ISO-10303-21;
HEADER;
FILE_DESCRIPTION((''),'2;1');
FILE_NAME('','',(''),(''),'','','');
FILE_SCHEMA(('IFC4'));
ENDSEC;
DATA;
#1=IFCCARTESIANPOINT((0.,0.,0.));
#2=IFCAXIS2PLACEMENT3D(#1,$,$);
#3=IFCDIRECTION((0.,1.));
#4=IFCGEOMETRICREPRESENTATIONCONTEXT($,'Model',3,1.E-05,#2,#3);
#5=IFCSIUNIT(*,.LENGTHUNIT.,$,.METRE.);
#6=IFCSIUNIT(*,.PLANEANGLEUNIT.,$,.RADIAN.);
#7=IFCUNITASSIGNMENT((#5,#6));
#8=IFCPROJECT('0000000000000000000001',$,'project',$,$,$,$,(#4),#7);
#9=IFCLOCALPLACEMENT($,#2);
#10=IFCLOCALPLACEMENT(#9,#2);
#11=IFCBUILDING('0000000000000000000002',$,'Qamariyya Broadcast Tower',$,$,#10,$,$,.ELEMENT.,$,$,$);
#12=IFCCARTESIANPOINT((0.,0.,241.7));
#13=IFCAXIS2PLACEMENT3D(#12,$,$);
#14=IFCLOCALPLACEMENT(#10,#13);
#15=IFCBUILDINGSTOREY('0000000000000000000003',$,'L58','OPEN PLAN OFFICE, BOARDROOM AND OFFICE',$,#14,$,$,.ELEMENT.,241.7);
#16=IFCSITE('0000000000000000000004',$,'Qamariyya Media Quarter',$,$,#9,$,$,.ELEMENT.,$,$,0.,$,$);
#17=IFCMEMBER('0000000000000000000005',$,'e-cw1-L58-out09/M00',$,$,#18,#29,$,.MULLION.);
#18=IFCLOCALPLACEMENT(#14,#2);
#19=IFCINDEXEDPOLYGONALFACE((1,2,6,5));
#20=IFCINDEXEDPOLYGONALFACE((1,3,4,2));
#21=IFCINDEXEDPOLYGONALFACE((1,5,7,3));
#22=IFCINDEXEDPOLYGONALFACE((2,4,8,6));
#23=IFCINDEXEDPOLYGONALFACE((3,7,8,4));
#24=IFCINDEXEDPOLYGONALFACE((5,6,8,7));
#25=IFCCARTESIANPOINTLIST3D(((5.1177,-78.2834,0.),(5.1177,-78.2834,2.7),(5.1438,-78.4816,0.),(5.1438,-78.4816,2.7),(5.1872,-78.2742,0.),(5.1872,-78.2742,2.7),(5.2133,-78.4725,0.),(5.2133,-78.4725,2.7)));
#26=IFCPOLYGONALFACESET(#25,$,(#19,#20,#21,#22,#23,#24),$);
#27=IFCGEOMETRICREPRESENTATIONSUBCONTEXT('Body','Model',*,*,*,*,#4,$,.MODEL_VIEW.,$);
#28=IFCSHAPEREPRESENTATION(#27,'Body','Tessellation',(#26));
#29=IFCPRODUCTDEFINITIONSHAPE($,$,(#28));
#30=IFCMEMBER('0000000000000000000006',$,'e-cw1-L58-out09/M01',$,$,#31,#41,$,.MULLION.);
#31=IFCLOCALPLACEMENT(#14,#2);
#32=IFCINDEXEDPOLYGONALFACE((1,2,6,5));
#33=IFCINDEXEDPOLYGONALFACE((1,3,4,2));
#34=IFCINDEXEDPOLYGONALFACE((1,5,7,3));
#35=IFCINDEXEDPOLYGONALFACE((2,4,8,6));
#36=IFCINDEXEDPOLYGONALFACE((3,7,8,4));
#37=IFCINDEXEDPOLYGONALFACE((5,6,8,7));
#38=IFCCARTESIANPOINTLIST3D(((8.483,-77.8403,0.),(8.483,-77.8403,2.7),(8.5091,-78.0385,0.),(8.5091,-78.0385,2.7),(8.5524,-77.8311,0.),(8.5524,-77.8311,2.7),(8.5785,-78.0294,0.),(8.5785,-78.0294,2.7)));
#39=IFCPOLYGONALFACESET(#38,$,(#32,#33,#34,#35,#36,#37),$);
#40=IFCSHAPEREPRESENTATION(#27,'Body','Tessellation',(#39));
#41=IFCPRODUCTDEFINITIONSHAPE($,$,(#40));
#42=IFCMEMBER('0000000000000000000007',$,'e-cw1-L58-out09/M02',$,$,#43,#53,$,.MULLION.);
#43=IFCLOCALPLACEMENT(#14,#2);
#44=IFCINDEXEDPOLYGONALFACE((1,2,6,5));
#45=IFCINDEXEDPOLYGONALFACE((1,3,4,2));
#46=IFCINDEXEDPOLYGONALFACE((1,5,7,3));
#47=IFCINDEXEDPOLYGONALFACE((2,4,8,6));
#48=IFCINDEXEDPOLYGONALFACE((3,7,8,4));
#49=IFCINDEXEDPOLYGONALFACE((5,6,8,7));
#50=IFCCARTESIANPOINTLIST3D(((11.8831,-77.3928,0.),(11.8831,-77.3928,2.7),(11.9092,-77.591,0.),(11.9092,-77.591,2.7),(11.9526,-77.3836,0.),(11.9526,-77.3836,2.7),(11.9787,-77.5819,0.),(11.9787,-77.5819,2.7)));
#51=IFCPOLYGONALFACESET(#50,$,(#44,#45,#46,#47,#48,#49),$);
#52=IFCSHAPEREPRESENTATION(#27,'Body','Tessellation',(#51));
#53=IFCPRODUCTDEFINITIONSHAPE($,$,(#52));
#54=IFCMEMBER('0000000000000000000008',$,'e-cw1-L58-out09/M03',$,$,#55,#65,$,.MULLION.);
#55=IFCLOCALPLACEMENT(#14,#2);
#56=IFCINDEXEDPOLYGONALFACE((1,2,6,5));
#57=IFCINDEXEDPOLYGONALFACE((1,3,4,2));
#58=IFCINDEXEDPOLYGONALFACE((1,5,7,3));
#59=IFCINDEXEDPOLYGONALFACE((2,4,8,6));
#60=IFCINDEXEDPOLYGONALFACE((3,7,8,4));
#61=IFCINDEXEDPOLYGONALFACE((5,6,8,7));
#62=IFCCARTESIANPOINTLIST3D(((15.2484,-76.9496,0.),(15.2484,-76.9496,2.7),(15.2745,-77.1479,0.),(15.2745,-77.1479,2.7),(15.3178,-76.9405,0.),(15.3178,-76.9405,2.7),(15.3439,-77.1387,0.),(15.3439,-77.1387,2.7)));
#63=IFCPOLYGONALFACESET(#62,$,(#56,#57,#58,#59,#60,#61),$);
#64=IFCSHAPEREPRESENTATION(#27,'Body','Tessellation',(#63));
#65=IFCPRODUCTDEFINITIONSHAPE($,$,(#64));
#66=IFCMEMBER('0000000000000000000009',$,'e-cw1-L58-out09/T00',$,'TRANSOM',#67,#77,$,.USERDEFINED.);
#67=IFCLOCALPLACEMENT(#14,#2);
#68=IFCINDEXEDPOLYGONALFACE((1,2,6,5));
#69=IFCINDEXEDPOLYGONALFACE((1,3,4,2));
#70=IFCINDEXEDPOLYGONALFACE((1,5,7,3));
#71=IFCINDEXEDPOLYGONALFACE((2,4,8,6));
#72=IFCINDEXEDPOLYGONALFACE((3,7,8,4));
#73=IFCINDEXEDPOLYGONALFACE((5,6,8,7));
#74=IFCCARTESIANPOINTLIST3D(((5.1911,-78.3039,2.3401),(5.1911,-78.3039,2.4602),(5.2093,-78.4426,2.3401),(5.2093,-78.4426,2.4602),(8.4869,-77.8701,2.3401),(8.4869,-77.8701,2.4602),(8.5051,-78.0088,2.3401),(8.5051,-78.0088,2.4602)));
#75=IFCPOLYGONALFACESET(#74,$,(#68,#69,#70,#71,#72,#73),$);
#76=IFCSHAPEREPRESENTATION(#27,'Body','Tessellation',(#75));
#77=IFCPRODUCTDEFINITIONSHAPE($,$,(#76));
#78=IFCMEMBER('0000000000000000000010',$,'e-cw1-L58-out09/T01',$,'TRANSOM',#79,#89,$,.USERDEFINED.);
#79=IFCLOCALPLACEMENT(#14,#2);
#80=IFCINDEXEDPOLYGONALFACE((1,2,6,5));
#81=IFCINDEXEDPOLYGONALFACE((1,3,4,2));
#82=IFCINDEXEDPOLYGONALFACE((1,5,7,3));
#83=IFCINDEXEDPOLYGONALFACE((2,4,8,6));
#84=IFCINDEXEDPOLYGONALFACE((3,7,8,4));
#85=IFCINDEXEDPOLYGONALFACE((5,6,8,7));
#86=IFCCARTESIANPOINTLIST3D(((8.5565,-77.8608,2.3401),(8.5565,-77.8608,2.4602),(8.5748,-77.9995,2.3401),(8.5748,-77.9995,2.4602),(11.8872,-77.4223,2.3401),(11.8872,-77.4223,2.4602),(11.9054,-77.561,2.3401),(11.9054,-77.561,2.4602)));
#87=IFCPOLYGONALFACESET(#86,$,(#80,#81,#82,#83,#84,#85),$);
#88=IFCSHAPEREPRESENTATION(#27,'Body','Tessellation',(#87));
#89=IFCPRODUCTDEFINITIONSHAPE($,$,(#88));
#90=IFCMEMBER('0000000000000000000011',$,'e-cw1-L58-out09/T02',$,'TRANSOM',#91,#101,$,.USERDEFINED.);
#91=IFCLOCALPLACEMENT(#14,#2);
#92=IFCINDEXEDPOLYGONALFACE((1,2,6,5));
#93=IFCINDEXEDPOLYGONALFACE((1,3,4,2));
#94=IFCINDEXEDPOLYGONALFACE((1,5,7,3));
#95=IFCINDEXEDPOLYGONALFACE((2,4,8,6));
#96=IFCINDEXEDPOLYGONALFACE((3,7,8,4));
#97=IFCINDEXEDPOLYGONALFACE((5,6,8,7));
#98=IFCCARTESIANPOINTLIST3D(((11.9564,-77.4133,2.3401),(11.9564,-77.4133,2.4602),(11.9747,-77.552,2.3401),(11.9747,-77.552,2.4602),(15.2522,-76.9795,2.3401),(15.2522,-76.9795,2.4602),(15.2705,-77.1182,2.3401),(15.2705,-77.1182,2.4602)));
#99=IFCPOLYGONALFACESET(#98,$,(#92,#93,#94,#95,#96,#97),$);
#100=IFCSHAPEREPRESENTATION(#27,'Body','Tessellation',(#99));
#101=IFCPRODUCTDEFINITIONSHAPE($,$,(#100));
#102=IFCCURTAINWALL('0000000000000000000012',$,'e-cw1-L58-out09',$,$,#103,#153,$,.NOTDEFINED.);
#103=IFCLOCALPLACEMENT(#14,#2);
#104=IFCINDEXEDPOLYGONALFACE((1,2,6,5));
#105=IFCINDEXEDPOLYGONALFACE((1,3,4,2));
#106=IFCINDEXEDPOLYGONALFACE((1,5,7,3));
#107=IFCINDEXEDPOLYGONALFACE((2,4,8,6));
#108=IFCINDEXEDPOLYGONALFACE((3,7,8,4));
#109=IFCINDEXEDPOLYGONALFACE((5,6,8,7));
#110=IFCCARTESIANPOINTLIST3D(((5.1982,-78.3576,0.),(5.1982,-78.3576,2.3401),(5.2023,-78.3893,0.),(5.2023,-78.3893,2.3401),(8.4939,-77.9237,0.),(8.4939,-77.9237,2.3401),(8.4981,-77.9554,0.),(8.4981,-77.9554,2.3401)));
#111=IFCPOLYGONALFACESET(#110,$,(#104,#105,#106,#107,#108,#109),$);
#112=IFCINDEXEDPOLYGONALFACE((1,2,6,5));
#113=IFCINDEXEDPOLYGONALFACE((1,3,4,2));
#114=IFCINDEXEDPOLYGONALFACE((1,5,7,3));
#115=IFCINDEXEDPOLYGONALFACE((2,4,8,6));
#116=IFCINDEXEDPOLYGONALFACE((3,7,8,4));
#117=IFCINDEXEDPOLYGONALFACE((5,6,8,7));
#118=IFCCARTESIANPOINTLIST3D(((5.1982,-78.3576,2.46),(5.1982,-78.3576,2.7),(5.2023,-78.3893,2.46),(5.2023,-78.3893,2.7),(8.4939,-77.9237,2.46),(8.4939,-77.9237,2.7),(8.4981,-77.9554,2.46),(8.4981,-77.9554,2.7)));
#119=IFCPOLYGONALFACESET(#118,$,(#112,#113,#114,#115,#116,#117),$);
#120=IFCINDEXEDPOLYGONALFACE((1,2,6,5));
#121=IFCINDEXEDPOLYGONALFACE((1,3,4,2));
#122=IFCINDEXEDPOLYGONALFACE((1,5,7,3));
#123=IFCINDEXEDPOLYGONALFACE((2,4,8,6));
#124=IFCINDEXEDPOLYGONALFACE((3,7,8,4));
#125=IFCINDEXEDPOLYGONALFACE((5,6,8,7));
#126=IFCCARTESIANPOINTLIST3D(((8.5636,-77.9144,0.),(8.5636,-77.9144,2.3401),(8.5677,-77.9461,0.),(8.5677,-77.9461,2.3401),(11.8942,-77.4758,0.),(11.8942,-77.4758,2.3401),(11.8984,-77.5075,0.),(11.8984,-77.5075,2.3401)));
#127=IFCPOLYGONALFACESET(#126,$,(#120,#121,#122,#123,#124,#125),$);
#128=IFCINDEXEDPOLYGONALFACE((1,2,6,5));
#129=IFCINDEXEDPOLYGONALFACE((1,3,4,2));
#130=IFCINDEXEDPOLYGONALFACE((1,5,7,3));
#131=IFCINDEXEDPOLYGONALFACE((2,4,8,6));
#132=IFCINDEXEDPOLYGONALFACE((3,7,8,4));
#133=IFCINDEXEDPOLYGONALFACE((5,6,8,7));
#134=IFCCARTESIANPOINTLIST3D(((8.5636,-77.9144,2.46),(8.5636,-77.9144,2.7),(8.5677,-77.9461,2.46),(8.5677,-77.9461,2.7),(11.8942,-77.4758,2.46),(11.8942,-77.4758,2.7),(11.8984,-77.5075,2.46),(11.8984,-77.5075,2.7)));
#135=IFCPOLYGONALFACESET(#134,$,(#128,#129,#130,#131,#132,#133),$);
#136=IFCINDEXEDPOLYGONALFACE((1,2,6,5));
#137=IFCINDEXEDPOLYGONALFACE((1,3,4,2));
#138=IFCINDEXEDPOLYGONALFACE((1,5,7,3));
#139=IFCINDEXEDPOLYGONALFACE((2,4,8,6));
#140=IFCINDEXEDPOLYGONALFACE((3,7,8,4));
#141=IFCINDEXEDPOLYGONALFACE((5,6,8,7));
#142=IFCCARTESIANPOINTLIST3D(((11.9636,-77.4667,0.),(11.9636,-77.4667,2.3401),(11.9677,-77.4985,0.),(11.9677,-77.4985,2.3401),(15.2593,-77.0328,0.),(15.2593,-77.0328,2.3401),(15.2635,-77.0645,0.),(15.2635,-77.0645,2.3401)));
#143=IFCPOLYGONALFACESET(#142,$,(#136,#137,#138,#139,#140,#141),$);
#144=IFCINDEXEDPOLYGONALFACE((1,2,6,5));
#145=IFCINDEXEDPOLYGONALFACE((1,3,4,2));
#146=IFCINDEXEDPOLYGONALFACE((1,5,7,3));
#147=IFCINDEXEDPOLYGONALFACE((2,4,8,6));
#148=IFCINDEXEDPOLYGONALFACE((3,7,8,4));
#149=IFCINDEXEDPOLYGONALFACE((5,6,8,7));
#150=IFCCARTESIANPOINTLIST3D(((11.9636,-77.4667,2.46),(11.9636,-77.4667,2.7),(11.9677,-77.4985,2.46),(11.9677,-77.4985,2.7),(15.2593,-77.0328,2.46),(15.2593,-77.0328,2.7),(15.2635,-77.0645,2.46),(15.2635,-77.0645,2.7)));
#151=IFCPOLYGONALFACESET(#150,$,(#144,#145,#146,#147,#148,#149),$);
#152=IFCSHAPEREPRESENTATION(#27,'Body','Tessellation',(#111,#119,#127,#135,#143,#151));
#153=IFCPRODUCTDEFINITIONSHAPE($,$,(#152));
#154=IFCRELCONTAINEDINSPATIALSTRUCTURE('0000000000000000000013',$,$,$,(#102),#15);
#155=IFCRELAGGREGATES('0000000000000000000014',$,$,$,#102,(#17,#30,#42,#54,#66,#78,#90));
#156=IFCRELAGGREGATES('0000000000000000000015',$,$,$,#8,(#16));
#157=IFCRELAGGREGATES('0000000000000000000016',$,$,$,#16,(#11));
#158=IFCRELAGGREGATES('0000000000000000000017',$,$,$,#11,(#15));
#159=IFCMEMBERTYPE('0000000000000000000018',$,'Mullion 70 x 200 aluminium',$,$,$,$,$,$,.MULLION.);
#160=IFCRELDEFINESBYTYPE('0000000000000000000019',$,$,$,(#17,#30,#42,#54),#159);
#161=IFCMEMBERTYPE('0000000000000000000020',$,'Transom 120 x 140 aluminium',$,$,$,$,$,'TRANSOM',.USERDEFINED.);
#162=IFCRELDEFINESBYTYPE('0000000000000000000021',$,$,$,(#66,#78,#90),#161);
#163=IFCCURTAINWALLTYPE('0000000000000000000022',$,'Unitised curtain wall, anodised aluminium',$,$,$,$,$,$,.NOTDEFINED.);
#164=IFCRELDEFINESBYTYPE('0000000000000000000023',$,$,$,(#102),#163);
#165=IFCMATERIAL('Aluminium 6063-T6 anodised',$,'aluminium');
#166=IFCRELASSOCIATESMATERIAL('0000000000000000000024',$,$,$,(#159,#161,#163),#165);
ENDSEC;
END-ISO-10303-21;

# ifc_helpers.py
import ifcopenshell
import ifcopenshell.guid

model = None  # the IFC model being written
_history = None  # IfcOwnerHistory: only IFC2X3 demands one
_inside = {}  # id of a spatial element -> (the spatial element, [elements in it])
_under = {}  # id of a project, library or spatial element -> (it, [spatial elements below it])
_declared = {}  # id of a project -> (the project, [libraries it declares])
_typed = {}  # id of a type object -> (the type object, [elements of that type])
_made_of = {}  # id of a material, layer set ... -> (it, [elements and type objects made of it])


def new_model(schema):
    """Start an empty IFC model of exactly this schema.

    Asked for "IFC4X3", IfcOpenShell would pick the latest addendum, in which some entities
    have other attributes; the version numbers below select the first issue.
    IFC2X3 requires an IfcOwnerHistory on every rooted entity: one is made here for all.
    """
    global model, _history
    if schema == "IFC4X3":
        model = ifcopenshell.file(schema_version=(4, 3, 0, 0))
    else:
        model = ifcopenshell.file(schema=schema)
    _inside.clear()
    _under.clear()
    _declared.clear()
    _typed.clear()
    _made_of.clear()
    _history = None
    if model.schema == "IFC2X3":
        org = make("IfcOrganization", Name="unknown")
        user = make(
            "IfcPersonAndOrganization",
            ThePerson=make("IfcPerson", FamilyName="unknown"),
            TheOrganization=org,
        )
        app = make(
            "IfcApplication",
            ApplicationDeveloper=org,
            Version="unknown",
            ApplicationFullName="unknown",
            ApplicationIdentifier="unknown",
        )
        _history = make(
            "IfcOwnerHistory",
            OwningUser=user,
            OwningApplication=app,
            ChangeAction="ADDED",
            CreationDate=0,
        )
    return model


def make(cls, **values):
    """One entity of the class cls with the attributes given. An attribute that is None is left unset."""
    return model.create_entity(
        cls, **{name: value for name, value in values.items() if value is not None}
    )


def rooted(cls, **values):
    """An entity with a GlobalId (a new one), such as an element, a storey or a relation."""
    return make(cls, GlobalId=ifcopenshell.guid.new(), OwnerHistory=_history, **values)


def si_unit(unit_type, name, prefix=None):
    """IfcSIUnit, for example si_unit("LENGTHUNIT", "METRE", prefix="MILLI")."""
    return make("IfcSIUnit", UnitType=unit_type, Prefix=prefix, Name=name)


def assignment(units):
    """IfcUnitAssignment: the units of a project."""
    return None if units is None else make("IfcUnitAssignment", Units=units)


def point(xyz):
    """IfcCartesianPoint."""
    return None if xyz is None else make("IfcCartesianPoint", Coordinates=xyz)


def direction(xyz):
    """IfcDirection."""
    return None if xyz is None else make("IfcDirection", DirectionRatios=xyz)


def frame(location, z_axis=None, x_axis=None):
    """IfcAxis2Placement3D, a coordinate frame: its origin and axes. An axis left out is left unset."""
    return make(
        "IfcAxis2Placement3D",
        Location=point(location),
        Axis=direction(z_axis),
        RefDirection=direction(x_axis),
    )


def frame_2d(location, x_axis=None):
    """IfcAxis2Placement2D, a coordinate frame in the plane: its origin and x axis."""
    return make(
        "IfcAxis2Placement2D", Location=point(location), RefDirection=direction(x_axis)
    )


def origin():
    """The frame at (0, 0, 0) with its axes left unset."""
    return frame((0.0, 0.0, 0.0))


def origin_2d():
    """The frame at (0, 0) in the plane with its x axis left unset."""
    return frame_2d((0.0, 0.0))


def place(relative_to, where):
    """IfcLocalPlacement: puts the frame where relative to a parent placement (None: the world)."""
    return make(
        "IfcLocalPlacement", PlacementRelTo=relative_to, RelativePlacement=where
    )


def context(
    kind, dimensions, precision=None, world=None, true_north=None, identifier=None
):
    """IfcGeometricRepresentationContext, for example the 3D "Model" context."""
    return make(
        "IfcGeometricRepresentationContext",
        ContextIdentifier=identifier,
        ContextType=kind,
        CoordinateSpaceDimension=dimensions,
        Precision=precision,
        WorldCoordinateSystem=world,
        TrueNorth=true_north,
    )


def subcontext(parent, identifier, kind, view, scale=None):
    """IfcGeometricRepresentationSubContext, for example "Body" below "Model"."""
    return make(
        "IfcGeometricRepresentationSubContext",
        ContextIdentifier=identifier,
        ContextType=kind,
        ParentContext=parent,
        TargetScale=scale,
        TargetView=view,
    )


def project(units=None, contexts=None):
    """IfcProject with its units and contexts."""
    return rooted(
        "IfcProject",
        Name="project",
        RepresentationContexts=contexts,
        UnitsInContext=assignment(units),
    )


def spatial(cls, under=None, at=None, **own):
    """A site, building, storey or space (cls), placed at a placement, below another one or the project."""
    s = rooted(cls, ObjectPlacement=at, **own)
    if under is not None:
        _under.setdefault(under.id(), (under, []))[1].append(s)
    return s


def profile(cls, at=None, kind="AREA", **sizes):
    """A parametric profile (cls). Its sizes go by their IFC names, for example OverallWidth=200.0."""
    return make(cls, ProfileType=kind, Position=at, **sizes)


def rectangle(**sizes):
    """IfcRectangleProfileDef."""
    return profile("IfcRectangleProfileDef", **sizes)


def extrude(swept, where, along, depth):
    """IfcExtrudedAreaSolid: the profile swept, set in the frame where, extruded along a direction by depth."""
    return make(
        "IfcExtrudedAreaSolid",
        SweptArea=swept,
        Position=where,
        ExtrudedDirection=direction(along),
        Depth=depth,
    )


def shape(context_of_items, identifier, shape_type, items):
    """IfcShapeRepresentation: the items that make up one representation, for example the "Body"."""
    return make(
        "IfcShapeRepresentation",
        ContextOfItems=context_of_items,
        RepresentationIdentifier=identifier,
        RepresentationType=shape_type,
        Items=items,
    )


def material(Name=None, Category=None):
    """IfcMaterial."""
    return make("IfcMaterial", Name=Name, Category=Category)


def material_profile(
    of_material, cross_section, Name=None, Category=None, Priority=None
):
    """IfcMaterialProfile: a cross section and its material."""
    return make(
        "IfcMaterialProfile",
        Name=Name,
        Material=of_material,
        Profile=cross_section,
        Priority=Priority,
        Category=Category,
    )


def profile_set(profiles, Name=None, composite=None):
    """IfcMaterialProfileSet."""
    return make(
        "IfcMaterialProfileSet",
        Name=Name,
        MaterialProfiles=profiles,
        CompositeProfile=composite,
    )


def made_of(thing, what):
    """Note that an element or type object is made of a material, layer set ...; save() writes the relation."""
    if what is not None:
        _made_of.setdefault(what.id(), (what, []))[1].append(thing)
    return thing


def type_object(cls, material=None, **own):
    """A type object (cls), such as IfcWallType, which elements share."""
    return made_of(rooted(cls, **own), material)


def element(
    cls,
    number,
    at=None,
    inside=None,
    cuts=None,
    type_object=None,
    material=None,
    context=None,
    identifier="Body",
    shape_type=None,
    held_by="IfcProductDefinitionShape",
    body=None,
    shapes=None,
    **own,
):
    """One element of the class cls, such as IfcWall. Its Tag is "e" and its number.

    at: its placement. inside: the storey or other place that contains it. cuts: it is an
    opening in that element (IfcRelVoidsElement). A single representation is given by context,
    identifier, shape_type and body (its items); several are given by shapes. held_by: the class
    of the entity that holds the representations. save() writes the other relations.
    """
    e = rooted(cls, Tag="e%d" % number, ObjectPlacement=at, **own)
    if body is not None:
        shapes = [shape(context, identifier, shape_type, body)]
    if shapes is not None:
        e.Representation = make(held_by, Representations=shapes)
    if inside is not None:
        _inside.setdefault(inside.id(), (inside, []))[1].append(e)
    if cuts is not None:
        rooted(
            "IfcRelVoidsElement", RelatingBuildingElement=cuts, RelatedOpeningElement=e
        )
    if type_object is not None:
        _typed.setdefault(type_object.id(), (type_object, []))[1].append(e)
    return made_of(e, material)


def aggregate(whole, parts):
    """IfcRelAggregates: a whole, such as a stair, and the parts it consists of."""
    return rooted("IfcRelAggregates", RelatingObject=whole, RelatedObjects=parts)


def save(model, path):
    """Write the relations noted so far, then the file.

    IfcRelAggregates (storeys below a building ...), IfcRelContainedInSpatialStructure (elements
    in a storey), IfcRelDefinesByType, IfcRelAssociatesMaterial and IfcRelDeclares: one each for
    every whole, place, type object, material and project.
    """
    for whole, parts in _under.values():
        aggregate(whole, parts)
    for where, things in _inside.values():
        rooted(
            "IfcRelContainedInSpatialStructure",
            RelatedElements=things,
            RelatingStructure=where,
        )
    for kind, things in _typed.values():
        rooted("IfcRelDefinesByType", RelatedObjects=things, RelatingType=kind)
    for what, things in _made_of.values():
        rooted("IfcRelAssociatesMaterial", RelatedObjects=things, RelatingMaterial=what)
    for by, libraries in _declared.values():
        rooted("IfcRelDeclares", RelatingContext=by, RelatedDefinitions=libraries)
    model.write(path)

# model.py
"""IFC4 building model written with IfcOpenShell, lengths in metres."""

from ifc_helpers import new_model, si_unit, direction, frame, origin, origin_2d, place, context, subcontext, project, spatial, rectangle, extrude, material, material_profile, profile_set, type_object, element, aggregate, save


model = new_model("IFC4")

# Units and contexts
model_context = context("Model", 3, precision=1e-05, world=origin(), true_north=direction((0.0, 1.0)))
body_context = subcontext(model_context, "Body", "Model", "MODEL_VIEW")
ifc_project = project(units=[si_unit("LENGTHUNIT", "METRE"), si_unit("PLANEANGLEUNIT", "RADIAN")], contexts=[model_context])

# Members
ifc_material = material(Name="Aluminium 6063-T6 anodised", Category="aluminium")
ifc_material_profile_1 = material_profile(ifc_material, rectangle(XDim=0.2, YDim=0.0701, at=origin_2d()))
ifc_profile_set_1 = profile_set([ifc_material_profile_1], Name="Aluminium 6063-T6 anodised")
member_type_1 = type_object("IfcMemberType", Name="Mullion 70 x 200 aluminium", PredefinedType="MULLION", material=ifc_profile_set_1)
site_placement = place(None, origin())
building_placement = place(site_placement, origin())
storey_placement = place(building_placement, frame((0.0, 0.0, 241.7)))
member_1_placement = place(storey_placement, frame((5.1655, -78.3779, 0.0), z_axis=(0.0, 0.0, 1.0), x_axis=(-0.130526, 0.991445, 0.0)))
member_1 = element("IfcMember", 1, at=member_1_placement, type_object=member_type_1, Name="e-cw1-L58-out09/M00", PredefinedType="MULLION", context=body_context, shape_type="SweptSolid", body=[
    extrude(rectangle(XDim=0.2, YDim=0.0701, at=origin_2d()), origin(), (0.0, 0.0, 1.0), 2.7),
])
member_2_placement = place(storey_placement, frame((8.5308, -77.9348, 0.0), z_axis=(0.0, 0.0, 1.0), x_axis=(-0.130526, 0.991445, 0.0)))
member_2 = element("IfcMember", 2, at=member_2_placement, type_object=member_type_1, Name="e-cw1-L58-out09/M01", PredefinedType="MULLION", context=body_context, shape_type="SweptSolid", body=[
    extrude(rectangle(XDim=0.2, YDim=0.0701, at=origin_2d()), origin(), (0.0, 0.0, 1.0), 2.7),
])
member_3_placement = place(storey_placement, frame((11.9309, -77.4873, 0.0), z_axis=(0.0, 0.0, 1.0), x_axis=(-0.130526, 0.991445, 0.0)))
member_3 = element("IfcMember", 3, at=member_3_placement, type_object=member_type_1, Name="e-cw1-L58-out09/M02", PredefinedType="MULLION", context=body_context, shape_type="SweptSolid", body=[
    extrude(rectangle(XDim=0.2, YDim=0.0701, at=origin_2d()), origin(), (0.0, 0.0, 1.0), 2.7),
])
member_4_placement = place(storey_placement, frame((15.2961, -77.0442, 0.0), z_axis=(0.0, 0.0, 1.0), x_axis=(-0.130526, 0.991445, 0.0)))
member_4 = element("IfcMember", 4, at=member_4_placement, type_object=member_type_1, Name="e-cw1-L58-out09/M03", PredefinedType="MULLION", context=body_context, shape_type="SweptSolid", body=[
    extrude(rectangle(XDim=0.2, YDim=0.0701, at=origin_2d()), origin(), (0.0, 0.0, 1.0), 2.7),
])
ifc_material_profile_2 = material_profile(ifc_material, rectangle(XDim=0.1399, YDim=0.1201, at=origin_2d()))
ifc_profile_set_2 = profile_set([ifc_material_profile_2], Name="Aluminium 6063-T6 anodised")
member_type_2 = type_object("IfcMemberType", Name="Transom 120 x 140 aluminium", ElementType="TRANSOM", PredefinedType="USERDEFINED", material=ifc_profile_set_2)
member_5_placement = place(storey_placement, frame((5.2002, -78.3733, 2.4001), z_axis=(0.991448, 0.130504, 0.0), x_axis=(-0.130504, 0.991448, 0.0)))
member_5 = element("IfcMember", 5, at=member_5_placement, type_object=member_type_2, Name="e-cw1-L58-out09/T00", ObjectType="TRANSOM", PredefinedType="USERDEFINED", context=body_context, shape_type="SweptSolid", body=[
    extrude(rectangle(XDim=0.1399, YDim=0.1201, at=origin_2d()), origin(), (0.0, 0.0, 1.0), 3.3242),
])
member_6_placement = place(storey_placement, frame((8.5657, -77.9302, 2.4001), z_axis=(0.991445, 0.130526, 0.0), x_axis=(-0.130526, 0.991445, 0.0)))
member_6 = element("IfcMember", 6, at=member_6_placement, type_object=member_type_2, Name="e-cw1-L58-out09/T01", ObjectType="TRANSOM", PredefinedType="USERDEFINED", context=body_context, shape_type="SweptSolid", body=[
    extrude(rectangle(XDim=0.1399, YDim=0.1201, at=origin_2d()), origin(), (0.0, 0.0, 1.0), 3.3594),
])
member_7_placement = place(storey_placement, frame((11.9656, -77.4827, 2.4001), z_axis=(0.991448, 0.130504, 0.0), x_axis=(-0.130504, 0.991448, 0.0)))
member_7 = element("IfcMember", 7, at=member_7_placement, type_object=member_type_2, Name="e-cw1-L58-out09/T02", ObjectType="TRANSOM", PredefinedType="USERDEFINED", context=body_context, shape_type="SweptSolid", body=[
    extrude(rectangle(XDim=0.1399, YDim=0.1201, at=origin_2d()), origin(), (0.0, 0.0, 1.0), 3.3242),
])

# Site, building, storey
site = spatial("IfcSite", under=ifc_project, at=site_placement, Name="Qamariyya Media Quarter", CompositionType="ELEMENT", RefElevation=0.0)
building = spatial("IfcBuilding", under=site, at=building_placement, Name="Qamariyya Broadcast Tower", CompositionType="ELEMENT")
storey = spatial("IfcBuildingStorey", under=building, at=storey_placement, Name="L58", Description="OPEN PLAN OFFICE, BOARDROOM AND OFFICE", CompositionType="ELEMENT", Elevation=241.7)

# Curtain wall
curtain_wall_type = type_object("IfcCurtainWallType", Name="Unitised curtain wall, anodised aluminium", PredefinedType="NOTDEFINED", material=ifc_material)
curtain_wall_1_placement = place(storey_placement, origin())
curtain_wall_1 = element("IfcCurtainWall", 8, at=curtain_wall_1_placement, inside=storey, type_object=curtain_wall_type, Name="e-cw1-L58-out09", PredefinedType="NOTDEFINED", context=body_context, shape_type="SweptSolid", body=[
    extrude(rectangle(XDim=3.3242, YDim=0.032, at=origin_2d()), frame((6.8481, -78.1565, 0.0), x_axis=(0.991443, 0.130542, 0.0)), (0.0, 0.0, 1.0), 2.3401),
    extrude(rectangle(XDim=3.3242, YDim=0.032, at=origin_2d()), frame((6.8481, -78.1565, 2.46), x_axis=(0.991443, 0.130542, 0.0)), (0.0, 0.0, 1.0), 0.24),
    extrude(rectangle(XDim=3.3594, YDim=0.032, at=origin_2d()), frame((10.231, -77.7109, 0.0), x_axis=(0.991443, 0.130542, 0.0)), (0.0, 0.0, 1.0), 2.3401),
    extrude(rectangle(XDim=3.3594, YDim=0.032, at=origin_2d()), frame((10.231, -77.7109, 2.46), x_axis=(0.991443, 0.130542, 0.0)), (0.0, 0.0, 1.0), 0.24),
    extrude(rectangle(XDim=3.3242, YDim=0.032, at=origin_2d()), frame((13.6135, -77.2656, 0.0), x_axis=(0.991443, 0.130542, 0.0)), (0.0, 0.0, 1.0), 2.3401),
    extrude(rectangle(XDim=3.3242, YDim=0.032, at=origin_2d()), frame((13.6135, -77.2656, 2.46), x_axis=(0.991443, 0.130542, 0.0)), (0.0, 0.0, 1.0), 0.24),
])
aggregate(curtain_wall_1, [member_1, member_2, member_3, member_4, member_5, member_6, member_7])

save(model, "model.ifc")
